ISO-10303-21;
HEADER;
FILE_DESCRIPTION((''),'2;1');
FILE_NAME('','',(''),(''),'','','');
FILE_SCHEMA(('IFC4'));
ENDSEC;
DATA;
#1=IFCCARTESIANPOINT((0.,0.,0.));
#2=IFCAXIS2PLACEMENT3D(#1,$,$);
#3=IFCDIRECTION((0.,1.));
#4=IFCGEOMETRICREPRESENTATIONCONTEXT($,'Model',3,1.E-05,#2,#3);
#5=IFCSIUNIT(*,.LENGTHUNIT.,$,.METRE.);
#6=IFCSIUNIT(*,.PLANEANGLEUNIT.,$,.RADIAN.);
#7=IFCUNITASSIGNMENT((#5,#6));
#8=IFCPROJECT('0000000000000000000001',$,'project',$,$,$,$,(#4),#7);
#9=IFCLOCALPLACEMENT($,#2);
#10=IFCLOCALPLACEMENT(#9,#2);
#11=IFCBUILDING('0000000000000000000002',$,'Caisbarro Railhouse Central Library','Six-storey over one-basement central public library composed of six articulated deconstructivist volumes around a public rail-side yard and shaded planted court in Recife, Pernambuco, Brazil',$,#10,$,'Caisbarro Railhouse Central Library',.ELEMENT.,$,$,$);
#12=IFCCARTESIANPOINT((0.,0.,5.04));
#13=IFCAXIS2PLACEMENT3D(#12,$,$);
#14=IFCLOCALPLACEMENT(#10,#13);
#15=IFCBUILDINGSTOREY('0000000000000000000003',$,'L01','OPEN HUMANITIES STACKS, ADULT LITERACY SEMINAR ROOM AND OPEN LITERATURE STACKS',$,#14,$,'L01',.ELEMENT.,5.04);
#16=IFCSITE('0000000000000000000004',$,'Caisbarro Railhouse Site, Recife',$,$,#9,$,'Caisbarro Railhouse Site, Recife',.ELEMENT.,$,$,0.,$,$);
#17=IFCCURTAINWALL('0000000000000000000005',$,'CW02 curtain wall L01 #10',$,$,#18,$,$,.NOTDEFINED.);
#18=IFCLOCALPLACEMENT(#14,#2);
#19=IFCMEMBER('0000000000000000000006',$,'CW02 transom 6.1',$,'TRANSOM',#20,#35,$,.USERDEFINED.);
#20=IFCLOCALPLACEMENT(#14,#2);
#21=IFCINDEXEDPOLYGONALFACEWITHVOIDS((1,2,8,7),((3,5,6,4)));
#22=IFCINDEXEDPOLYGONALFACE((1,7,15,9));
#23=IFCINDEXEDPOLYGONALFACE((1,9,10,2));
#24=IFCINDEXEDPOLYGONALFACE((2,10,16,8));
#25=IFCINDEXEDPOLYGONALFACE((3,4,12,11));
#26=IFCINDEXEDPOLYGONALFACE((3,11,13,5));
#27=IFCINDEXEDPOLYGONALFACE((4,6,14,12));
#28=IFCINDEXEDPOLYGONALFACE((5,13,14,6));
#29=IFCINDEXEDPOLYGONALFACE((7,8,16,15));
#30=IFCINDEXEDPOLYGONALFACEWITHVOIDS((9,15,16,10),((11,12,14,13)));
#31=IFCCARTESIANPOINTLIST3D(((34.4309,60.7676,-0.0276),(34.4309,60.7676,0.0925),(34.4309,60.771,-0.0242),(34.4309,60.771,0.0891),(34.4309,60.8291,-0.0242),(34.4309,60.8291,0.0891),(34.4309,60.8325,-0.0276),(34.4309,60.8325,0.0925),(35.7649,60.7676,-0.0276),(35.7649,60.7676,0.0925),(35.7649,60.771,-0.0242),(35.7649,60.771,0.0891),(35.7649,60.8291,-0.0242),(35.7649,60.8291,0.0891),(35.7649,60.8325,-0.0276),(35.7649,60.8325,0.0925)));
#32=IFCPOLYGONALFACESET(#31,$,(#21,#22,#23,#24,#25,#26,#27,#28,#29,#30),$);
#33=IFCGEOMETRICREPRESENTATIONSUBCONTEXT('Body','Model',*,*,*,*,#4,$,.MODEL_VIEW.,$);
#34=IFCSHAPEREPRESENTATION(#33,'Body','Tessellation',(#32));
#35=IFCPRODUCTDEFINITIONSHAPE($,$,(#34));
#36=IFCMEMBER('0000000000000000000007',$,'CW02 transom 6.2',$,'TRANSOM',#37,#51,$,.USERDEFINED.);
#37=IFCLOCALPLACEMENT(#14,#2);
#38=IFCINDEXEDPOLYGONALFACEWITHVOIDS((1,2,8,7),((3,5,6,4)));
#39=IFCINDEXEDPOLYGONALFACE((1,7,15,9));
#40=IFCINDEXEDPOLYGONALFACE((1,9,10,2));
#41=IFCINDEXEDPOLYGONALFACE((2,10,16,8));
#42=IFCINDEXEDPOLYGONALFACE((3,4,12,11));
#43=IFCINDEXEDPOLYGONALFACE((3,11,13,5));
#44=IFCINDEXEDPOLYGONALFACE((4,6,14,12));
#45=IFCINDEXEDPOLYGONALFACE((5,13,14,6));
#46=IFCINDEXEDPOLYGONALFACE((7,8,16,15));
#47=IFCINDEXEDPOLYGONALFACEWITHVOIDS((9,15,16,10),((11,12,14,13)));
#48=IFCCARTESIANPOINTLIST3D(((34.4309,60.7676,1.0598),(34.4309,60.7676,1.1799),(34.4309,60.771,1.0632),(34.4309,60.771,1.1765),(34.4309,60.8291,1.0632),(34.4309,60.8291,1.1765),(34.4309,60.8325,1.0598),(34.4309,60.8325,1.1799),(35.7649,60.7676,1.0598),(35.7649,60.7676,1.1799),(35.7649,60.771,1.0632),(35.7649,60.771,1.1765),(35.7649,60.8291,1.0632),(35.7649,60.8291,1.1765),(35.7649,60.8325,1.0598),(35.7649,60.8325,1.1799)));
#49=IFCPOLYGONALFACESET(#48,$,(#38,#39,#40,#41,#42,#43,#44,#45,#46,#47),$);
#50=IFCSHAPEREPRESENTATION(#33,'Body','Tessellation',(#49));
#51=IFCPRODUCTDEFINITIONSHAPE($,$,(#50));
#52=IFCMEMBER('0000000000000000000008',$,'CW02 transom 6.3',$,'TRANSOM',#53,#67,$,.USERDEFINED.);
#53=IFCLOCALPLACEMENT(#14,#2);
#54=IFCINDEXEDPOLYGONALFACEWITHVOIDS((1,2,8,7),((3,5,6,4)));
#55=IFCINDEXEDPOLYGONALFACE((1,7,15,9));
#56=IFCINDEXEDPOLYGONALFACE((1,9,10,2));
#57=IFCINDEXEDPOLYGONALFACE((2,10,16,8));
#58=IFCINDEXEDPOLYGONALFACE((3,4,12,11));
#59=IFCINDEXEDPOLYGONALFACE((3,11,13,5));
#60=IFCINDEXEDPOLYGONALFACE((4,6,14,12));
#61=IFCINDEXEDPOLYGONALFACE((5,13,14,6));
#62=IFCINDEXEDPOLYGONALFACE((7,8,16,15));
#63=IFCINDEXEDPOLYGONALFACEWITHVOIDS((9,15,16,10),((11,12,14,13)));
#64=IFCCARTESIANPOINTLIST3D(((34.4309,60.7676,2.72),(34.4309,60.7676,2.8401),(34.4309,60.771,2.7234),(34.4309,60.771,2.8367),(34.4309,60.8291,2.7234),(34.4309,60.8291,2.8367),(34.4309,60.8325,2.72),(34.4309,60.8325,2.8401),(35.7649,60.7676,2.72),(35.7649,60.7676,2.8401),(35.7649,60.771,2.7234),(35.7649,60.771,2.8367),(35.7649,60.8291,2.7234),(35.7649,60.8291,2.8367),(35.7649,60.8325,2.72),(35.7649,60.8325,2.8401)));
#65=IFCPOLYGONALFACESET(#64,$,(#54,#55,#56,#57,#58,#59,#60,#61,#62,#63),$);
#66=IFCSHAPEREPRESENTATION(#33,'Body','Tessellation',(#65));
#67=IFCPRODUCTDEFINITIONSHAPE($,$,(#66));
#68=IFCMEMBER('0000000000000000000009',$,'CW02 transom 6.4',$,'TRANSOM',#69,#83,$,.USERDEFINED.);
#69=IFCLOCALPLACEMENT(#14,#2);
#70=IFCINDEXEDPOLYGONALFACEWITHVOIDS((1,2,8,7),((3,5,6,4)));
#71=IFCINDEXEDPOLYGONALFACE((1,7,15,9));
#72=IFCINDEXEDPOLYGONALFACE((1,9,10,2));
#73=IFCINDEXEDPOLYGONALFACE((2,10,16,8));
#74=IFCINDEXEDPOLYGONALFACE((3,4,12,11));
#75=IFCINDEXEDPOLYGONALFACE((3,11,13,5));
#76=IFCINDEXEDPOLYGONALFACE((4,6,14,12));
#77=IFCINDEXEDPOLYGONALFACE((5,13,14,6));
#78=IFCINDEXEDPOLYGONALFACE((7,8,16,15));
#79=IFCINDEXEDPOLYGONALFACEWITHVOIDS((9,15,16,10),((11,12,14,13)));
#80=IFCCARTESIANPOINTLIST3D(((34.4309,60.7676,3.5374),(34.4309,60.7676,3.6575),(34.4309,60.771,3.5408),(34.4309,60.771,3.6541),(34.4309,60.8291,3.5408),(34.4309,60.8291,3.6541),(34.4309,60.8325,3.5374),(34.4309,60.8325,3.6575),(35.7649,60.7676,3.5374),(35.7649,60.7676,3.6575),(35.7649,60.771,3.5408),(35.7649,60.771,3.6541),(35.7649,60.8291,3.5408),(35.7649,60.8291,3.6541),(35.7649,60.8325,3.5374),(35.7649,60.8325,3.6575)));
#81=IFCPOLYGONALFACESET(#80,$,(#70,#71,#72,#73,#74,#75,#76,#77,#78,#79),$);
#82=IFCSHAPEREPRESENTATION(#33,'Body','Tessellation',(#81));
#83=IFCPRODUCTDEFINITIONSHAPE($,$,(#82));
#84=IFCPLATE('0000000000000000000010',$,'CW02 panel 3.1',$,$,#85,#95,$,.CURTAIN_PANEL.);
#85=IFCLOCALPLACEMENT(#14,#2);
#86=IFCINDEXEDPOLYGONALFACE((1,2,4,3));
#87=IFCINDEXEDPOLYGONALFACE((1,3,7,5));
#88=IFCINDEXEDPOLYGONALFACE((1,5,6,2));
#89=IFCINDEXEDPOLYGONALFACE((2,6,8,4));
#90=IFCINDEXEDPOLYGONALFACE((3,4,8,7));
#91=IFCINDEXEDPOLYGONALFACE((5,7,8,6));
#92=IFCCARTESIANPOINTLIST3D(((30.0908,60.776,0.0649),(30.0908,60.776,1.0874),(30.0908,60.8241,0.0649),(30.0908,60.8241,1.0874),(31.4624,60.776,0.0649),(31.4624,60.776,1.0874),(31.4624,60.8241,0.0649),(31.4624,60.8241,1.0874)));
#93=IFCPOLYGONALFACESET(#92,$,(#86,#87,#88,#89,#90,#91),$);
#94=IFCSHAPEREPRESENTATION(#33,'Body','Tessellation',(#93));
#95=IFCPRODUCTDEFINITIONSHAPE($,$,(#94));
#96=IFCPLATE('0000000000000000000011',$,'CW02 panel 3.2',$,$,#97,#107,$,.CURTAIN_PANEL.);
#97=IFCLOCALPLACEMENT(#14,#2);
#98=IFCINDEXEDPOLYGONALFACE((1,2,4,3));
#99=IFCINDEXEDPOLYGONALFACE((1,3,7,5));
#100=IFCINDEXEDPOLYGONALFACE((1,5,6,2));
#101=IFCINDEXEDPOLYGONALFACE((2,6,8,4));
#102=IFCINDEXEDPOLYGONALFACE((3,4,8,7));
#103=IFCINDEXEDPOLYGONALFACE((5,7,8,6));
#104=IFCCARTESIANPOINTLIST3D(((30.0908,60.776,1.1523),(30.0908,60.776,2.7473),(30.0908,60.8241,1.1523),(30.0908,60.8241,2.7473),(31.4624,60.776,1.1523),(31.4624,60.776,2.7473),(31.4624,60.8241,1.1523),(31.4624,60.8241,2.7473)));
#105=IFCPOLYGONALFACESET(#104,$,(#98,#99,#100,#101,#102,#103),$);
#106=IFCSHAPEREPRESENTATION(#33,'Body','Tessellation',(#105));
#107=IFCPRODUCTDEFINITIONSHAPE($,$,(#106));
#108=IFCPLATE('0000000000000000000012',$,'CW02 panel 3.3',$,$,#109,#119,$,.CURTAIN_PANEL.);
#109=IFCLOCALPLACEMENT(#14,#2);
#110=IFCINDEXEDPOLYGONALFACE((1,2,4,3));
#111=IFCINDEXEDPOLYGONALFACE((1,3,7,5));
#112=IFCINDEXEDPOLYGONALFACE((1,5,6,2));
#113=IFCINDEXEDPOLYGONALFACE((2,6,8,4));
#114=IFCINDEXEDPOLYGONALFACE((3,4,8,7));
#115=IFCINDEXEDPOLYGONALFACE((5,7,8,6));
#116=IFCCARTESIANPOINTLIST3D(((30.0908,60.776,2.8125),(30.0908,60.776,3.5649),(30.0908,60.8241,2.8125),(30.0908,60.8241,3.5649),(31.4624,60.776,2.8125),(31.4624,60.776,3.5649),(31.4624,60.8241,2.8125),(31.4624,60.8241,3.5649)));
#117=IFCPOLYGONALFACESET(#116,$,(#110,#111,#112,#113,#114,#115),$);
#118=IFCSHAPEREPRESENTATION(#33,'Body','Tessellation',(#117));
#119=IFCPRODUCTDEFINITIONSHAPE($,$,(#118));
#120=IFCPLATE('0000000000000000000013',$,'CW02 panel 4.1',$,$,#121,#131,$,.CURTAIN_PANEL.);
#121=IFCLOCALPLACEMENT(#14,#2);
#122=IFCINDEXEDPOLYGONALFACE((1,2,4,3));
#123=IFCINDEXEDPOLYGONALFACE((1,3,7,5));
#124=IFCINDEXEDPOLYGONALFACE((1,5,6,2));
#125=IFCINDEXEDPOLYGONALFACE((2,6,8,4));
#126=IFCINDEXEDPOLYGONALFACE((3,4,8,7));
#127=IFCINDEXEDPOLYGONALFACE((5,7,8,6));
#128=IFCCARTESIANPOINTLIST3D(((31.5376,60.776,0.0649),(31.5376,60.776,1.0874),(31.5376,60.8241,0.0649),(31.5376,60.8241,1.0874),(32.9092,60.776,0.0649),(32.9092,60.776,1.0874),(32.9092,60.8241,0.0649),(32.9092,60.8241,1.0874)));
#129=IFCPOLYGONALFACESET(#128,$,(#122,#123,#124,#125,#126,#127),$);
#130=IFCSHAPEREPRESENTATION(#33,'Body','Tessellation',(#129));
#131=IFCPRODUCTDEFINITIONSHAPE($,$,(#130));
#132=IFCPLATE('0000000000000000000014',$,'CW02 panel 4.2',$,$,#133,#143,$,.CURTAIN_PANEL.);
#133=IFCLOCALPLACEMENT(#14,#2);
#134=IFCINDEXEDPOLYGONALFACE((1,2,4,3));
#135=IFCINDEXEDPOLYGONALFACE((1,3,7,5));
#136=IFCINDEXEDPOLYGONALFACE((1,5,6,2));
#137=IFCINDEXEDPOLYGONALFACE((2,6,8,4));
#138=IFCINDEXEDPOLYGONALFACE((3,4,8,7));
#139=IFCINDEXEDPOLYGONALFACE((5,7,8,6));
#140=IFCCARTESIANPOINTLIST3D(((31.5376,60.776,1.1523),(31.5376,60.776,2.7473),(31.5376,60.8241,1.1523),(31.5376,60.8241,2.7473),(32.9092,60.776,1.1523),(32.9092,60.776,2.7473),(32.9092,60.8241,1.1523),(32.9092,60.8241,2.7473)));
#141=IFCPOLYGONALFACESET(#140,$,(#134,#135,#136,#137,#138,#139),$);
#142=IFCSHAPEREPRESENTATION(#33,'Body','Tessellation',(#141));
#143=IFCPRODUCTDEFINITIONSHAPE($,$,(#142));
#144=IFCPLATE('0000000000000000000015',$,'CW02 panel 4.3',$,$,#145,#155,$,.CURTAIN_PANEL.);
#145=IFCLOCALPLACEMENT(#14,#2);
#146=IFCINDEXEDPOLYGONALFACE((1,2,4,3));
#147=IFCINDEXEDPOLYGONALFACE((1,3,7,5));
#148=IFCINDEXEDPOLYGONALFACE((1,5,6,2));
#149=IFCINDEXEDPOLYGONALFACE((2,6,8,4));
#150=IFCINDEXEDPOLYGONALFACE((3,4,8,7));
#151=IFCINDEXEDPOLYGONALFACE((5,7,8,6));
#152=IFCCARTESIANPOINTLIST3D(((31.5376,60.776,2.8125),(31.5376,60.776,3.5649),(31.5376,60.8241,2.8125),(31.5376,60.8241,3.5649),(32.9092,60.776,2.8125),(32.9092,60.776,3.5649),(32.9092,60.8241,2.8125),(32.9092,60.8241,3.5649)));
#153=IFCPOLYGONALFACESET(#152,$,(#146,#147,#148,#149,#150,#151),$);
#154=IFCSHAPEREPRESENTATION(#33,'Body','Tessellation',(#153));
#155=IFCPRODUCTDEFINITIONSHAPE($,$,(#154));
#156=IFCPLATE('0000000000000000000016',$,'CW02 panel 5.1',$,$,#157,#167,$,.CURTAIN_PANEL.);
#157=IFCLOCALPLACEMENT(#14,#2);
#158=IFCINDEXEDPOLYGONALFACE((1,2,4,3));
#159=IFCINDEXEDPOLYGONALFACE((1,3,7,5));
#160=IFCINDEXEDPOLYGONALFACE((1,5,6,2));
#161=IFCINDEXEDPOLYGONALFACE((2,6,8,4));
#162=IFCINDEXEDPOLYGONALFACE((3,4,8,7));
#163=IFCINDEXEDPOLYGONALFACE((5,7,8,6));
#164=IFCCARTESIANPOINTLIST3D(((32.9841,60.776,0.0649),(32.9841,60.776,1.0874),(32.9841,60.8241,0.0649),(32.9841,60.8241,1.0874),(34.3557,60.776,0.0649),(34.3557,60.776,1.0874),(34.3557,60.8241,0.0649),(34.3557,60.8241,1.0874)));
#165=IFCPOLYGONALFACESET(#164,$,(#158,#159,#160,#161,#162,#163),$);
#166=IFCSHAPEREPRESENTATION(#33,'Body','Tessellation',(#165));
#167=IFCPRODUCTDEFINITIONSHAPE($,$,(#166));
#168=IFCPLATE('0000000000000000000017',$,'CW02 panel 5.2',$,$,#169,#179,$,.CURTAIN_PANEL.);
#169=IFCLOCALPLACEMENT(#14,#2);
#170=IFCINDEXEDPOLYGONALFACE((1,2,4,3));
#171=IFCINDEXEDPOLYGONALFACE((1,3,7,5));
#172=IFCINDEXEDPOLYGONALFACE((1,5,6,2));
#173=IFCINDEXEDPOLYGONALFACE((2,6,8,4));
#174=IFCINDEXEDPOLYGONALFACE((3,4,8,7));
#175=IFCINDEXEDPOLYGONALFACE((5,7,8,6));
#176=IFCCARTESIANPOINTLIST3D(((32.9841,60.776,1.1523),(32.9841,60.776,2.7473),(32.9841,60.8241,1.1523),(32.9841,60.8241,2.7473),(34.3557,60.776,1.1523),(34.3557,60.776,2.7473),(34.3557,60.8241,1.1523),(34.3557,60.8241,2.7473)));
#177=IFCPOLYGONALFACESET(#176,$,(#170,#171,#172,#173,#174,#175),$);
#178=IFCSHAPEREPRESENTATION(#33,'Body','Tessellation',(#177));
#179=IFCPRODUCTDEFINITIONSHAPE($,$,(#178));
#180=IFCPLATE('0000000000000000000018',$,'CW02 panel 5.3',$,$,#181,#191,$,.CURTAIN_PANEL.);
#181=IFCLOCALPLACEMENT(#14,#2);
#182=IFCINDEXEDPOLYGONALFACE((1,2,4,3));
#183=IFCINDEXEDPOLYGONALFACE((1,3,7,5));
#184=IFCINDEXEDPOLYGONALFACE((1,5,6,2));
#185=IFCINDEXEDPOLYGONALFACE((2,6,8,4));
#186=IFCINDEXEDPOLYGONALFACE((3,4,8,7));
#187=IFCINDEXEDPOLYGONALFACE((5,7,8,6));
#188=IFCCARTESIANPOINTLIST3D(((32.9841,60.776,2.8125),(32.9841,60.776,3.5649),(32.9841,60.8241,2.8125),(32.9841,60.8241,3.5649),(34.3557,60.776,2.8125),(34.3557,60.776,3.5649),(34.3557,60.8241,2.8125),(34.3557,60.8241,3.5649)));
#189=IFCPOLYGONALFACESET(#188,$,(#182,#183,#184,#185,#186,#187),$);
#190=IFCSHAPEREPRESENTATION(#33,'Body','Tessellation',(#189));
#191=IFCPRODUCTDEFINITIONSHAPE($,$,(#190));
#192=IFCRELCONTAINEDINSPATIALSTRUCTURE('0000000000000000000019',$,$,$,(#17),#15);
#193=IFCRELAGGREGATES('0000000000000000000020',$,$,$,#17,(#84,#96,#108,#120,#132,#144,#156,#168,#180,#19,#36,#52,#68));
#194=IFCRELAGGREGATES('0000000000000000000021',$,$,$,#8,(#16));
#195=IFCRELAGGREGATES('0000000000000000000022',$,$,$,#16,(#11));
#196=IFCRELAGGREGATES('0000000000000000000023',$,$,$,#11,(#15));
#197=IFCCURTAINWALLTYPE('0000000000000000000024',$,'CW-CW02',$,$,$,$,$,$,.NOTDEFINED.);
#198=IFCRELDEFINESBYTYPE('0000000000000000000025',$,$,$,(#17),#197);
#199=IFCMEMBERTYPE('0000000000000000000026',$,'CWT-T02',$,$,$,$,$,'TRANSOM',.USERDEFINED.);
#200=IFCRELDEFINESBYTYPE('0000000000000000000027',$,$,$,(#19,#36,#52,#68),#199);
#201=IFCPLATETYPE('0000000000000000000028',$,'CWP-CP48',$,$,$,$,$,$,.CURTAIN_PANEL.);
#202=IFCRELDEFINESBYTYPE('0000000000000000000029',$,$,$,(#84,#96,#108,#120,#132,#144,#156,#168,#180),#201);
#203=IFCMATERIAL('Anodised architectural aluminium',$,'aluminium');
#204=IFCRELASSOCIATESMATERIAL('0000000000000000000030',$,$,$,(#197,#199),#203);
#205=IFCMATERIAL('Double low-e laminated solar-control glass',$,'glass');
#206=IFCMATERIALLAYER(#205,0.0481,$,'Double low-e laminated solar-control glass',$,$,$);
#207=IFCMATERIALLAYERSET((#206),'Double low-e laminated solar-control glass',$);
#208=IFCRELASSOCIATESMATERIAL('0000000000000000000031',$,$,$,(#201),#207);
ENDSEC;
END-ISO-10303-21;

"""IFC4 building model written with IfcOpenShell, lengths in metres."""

from ifc_helpers import new_model, si_unit, direction, frame, origin, origin_2d, place, context, subcontext, project, spatial, rectangle, hollow_rectangle, extrude, material, layer, layer_set, material_profile, profile_set, type_object, element, aggregate, save


model = new_model("IFC4")

# Units and contexts
model_context = context("Model", 3, precision=1e-05, world=origin(), true_north=direction((0.0, 1.0)))
body_context = subcontext(model_context, "Body", "Model", "MODEL_VIEW")
ifc_project = project(units=[si_unit("LENGTHUNIT", "METRE"), si_unit("PLANEANGLEUNIT", "RADIAN")], contexts=[model_context])

# Site, building, storey
site_placement = place(None, origin())
site = spatial("IfcSite", under=ifc_project, at=site_placement, Name="Caisbarro Railhouse Site, Recife", LongName="Caisbarro Railhouse Site, Recife", CompositionType="ELEMENT", RefElevation=0.0)
building_placement = place(site_placement, origin())
building = spatial("IfcBuilding", under=site, at=building_placement, Name="Caisbarro Railhouse Central Library", Description="Six-storey over one-basement central public library composed of six articulated deconstructivist volumes around a public rail-side yard and shaded planted court in Recife, Pernambuco, Brazil", LongName="Caisbarro Railhouse Central Library", CompositionType="ELEMENT")
storey_placement = place(building_placement, frame((0.0, 0.0, 5.04)))
storey = spatial("IfcBuildingStorey", under=building, at=storey_placement, Name="L01", Description="OPEN HUMANITIES STACKS, ADULT LITERACY SEMINAR ROOM AND OPEN LITERATURE STACKS", LongName="L01", CompositionType="ELEMENT", Elevation=5.04)

# Curtain wall, members, plates
ifc_material_1 = material(Name="Anodised architectural aluminium", Category="aluminium")
curtain_wall_type = type_object("IfcCurtainWallType", Name="CW-CW02", PredefinedType="NOTDEFINED", material=ifc_material_1)
curtain_wall_placement = place(storey_placement, origin())
curtain_wall = element("IfcCurtainWall", 1, at=curtain_wall_placement, inside=storey, type_object=curtain_wall_type, Name="CW02 curtain wall L01 #10", PredefinedType="NOTDEFINED")
ifc_material_profile_1 = material_profile(ifc_material_1, hollow_rectangle(XDim=0.0649, YDim=0.1201, WallThickness=0.0034, at=origin_2d()), Name="ALU-TRN-65X120")
ifc_profile_set_1 = profile_set([ifc_material_profile_1], Name="Anodised architectural aluminium")
member_type_1 = type_object("IfcMemberType", Name="CWT-T02", ElementType="TRANSOM", PredefinedType="USERDEFINED", material=ifc_profile_set_1)
member_1_placement = place(storey_placement, frame((34.4309, 60.8, 0.0325), z_axis=(1.0, 0.0, 0.0), x_axis=(0.0, 1.0, 0.0)))
member_1 = element("IfcMember", 2, at=member_1_placement, type_object=member_type_1, Name="CW02 transom 6.1", ObjectType="TRANSOM", PredefinedType="USERDEFINED", context=body_context, shape_type="SweptSolid", body=[
    extrude(hollow_rectangle(XDim=0.0649, YDim=0.1201, WallThickness=0.0034, at=origin_2d()), origin(), (0.0, 0.0, 1.0), 1.334),
])
member_2_placement = place(storey_placement, frame((34.4309, 60.8, 1.1199), z_axis=(1.0, 0.0, 0.0), x_axis=(0.0, 1.0, 0.0)))
member_2 = element("IfcMember", 3, at=member_2_placement, type_object=member_type_1, Name="CW02 transom 6.2", ObjectType="TRANSOM", PredefinedType="USERDEFINED", context=body_context, shape_type="SweptSolid", body=[
    extrude(hollow_rectangle(XDim=0.0649, YDim=0.1201, WallThickness=0.0034, at=origin_2d()), origin(), (0.0, 0.0, 1.0), 1.334),
])
member_3_placement = place(storey_placement, frame((34.4309, 60.8, 2.78), z_axis=(1.0, 0.0, 0.0), x_axis=(0.0, 1.0, 0.0)))
member_3 = element("IfcMember", 4, at=member_3_placement, type_object=member_type_1, Name="CW02 transom 6.3", ObjectType="TRANSOM", PredefinedType="USERDEFINED", context=body_context, shape_type="SweptSolid", body=[
    extrude(hollow_rectangle(XDim=0.0649, YDim=0.1201, WallThickness=0.0034, at=origin_2d()), origin(), (0.0, 0.0, 1.0), 1.334),
])
member_4_placement = place(storey_placement, frame((34.4309, 60.8, 3.5974), z_axis=(1.0, 0.0, 0.0), x_axis=(0.0, 1.0, 0.0)))
member_4 = element("IfcMember", 5, at=member_4_placement, type_object=member_type_1, Name="CW02 transom 6.4", ObjectType="TRANSOM", PredefinedType="USERDEFINED", context=body_context, shape_type="SweptSolid", body=[
    extrude(hollow_rectangle(XDim=0.0649, YDim=0.1201, WallThickness=0.0034, at=origin_2d()), origin(), (0.0, 0.0, 1.0), 1.334),
])
ifc_material_2 = material(Name="Double low-e laminated solar-control glass", Category="glass")
ifc_layer = layer(ifc_material_2, 0.0481, Name="Double low-e laminated solar-control glass")
ifc_layer_set = layer_set([ifc_layer], Name="Double low-e laminated solar-control glass")
plate_type = type_object("IfcPlateType", Name="CWP-CP48", PredefinedType="CURTAIN_PANEL", material=ifc_layer_set)
plate_1_placement = place(storey_placement, frame((30.7766, 60.8, 0.0649), z_axis=(0.0, 0.0, 1.0), x_axis=(1.0, 0.0, 0.0)))
plate_1 = element("IfcPlate", 6, at=plate_1_placement, type_object=plate_type, Name="CW02 panel 3.1", PredefinedType="CURTAIN_PANEL", context=body_context, shape_type="SweptSolid", body=[
    extrude(rectangle(XDim=1.3716, YDim=0.0481, at=origin_2d()), origin(), (0.0, 0.0, 1.0), 1.0225),
])
plate_2_placement = place(storey_placement, frame((30.7766, 60.8, 1.1523), z_axis=(0.0, 0.0, 1.0), x_axis=(1.0, 0.0, 0.0)))
plate_2 = element("IfcPlate", 7, at=plate_2_placement, type_object=plate_type, Name="CW02 panel 3.2", PredefinedType="CURTAIN_PANEL", context=body_context, shape_type="SweptSolid", body=[
    extrude(rectangle(XDim=1.3716, YDim=0.0481, at=origin_2d()), origin(), (0.0, 0.0, 1.0), 1.595),
])
plate_3_placement = place(storey_placement, frame((30.7766, 60.8, 2.8125), z_axis=(0.0, 0.0, 1.0), x_axis=(1.0, 0.0, 0.0)))
plate_3 = element("IfcPlate", 8, at=plate_3_placement, type_object=plate_type, Name="CW02 panel 3.3", PredefinedType="CURTAIN_PANEL", context=body_context, shape_type="SweptSolid", body=[
    extrude(rectangle(XDim=1.3716, YDim=0.0481, at=origin_2d()), origin(), (0.0, 0.0, 1.0), 0.7524),
])
plate_4_placement = place(storey_placement, frame((32.2234, 60.8, 0.0649), z_axis=(0.0, 0.0, 1.0), x_axis=(1.0, 0.0, 0.0)))
plate_4 = element("IfcPlate", 9, at=plate_4_placement, type_object=plate_type, Name="CW02 panel 4.1", PredefinedType="CURTAIN_PANEL", context=body_context, shape_type="SweptSolid", body=[
    extrude(rectangle(XDim=1.3716, YDim=0.0481, at=origin_2d()), origin(), (0.0, 0.0, 1.0), 1.0225),
])
plate_5_placement = place(storey_placement, frame((32.2234, 60.8, 1.1523), z_axis=(0.0, 0.0, 1.0), x_axis=(1.0, 0.0, 0.0)))
plate_5 = element("IfcPlate", 10, at=plate_5_placement, type_object=plate_type, Name="CW02 panel 4.2", PredefinedType="CURTAIN_PANEL", context=body_context, shape_type="SweptSolid", body=[
    extrude(rectangle(XDim=1.3716, YDim=0.0481, at=origin_2d()), origin(), (0.0, 0.0, 1.0), 1.595),
])
plate_6_placement = place(storey_placement, frame((32.2234, 60.8, 2.8125), z_axis=(0.0, 0.0, 1.0), x_axis=(1.0, 0.0, 0.0)))
plate_6 = element("IfcPlate", 11, at=plate_6_placement, type_object=plate_type, Name="CW02 panel 4.3", PredefinedType="CURTAIN_PANEL", context=body_context, shape_type="SweptSolid", body=[
    extrude(rectangle(XDim=1.3716, YDim=0.0481, at=origin_2d()), origin(), (0.0, 0.0, 1.0), 0.7524),
])
plate_7_placement = place(storey_placement, frame((33.6699, 60.8, 0.0649), z_axis=(0.0, 0.0, 1.0), x_axis=(1.0, 0.0, 0.0)))
plate_7 = element("IfcPlate", 12, at=plate_7_placement, type_object=plate_type, Name="CW02 panel 5.1", PredefinedType="CURTAIN_PANEL", context=body_context, shape_type="SweptSolid", body=[
    extrude(rectangle(XDim=1.3716, YDim=0.0481, at=origin_2d()), origin(), (0.0, 0.0, 1.0), 1.0225),
])
plate_8_placement = place(storey_placement, frame((33.6699, 60.8, 1.1523), z_axis=(0.0, 0.0, 1.0), x_axis=(1.0, 0.0, 0.0)))
plate_8 = element("IfcPlate", 13, at=plate_8_placement, type_object=plate_type, Name="CW02 panel 5.2", PredefinedType="CURTAIN_PANEL", context=body_context, shape_type="SweptSolid", body=[
    extrude(rectangle(XDim=1.3716, YDim=0.0481, at=origin_2d()), origin(), (0.0, 0.0, 1.0), 1.595),
])
plate_9_placement = place(storey_placement, frame((33.6699, 60.8, 2.8125), z_axis=(0.0, 0.0, 1.0), x_axis=(1.0, 0.0, 0.0)))
plate_9 = element("IfcPlate", 14, at=plate_9_placement, type_object=plate_type, Name="CW02 panel 5.3", PredefinedType="CURTAIN_PANEL", context=body_context, shape_type="SweptSolid", body=[
    extrude(rectangle(XDim=1.3716, YDim=0.0481, at=origin_2d()), origin(), (0.0, 0.0, 1.0), 0.7524),
])
aggregate(curtain_wall, [plate_1, plate_2, plate_3, plate_4, plate_5, plate_6, plate_7, plate_8, plate_9, member_1, member_2, member_3, member_4])

save(model, "model.ifc")
